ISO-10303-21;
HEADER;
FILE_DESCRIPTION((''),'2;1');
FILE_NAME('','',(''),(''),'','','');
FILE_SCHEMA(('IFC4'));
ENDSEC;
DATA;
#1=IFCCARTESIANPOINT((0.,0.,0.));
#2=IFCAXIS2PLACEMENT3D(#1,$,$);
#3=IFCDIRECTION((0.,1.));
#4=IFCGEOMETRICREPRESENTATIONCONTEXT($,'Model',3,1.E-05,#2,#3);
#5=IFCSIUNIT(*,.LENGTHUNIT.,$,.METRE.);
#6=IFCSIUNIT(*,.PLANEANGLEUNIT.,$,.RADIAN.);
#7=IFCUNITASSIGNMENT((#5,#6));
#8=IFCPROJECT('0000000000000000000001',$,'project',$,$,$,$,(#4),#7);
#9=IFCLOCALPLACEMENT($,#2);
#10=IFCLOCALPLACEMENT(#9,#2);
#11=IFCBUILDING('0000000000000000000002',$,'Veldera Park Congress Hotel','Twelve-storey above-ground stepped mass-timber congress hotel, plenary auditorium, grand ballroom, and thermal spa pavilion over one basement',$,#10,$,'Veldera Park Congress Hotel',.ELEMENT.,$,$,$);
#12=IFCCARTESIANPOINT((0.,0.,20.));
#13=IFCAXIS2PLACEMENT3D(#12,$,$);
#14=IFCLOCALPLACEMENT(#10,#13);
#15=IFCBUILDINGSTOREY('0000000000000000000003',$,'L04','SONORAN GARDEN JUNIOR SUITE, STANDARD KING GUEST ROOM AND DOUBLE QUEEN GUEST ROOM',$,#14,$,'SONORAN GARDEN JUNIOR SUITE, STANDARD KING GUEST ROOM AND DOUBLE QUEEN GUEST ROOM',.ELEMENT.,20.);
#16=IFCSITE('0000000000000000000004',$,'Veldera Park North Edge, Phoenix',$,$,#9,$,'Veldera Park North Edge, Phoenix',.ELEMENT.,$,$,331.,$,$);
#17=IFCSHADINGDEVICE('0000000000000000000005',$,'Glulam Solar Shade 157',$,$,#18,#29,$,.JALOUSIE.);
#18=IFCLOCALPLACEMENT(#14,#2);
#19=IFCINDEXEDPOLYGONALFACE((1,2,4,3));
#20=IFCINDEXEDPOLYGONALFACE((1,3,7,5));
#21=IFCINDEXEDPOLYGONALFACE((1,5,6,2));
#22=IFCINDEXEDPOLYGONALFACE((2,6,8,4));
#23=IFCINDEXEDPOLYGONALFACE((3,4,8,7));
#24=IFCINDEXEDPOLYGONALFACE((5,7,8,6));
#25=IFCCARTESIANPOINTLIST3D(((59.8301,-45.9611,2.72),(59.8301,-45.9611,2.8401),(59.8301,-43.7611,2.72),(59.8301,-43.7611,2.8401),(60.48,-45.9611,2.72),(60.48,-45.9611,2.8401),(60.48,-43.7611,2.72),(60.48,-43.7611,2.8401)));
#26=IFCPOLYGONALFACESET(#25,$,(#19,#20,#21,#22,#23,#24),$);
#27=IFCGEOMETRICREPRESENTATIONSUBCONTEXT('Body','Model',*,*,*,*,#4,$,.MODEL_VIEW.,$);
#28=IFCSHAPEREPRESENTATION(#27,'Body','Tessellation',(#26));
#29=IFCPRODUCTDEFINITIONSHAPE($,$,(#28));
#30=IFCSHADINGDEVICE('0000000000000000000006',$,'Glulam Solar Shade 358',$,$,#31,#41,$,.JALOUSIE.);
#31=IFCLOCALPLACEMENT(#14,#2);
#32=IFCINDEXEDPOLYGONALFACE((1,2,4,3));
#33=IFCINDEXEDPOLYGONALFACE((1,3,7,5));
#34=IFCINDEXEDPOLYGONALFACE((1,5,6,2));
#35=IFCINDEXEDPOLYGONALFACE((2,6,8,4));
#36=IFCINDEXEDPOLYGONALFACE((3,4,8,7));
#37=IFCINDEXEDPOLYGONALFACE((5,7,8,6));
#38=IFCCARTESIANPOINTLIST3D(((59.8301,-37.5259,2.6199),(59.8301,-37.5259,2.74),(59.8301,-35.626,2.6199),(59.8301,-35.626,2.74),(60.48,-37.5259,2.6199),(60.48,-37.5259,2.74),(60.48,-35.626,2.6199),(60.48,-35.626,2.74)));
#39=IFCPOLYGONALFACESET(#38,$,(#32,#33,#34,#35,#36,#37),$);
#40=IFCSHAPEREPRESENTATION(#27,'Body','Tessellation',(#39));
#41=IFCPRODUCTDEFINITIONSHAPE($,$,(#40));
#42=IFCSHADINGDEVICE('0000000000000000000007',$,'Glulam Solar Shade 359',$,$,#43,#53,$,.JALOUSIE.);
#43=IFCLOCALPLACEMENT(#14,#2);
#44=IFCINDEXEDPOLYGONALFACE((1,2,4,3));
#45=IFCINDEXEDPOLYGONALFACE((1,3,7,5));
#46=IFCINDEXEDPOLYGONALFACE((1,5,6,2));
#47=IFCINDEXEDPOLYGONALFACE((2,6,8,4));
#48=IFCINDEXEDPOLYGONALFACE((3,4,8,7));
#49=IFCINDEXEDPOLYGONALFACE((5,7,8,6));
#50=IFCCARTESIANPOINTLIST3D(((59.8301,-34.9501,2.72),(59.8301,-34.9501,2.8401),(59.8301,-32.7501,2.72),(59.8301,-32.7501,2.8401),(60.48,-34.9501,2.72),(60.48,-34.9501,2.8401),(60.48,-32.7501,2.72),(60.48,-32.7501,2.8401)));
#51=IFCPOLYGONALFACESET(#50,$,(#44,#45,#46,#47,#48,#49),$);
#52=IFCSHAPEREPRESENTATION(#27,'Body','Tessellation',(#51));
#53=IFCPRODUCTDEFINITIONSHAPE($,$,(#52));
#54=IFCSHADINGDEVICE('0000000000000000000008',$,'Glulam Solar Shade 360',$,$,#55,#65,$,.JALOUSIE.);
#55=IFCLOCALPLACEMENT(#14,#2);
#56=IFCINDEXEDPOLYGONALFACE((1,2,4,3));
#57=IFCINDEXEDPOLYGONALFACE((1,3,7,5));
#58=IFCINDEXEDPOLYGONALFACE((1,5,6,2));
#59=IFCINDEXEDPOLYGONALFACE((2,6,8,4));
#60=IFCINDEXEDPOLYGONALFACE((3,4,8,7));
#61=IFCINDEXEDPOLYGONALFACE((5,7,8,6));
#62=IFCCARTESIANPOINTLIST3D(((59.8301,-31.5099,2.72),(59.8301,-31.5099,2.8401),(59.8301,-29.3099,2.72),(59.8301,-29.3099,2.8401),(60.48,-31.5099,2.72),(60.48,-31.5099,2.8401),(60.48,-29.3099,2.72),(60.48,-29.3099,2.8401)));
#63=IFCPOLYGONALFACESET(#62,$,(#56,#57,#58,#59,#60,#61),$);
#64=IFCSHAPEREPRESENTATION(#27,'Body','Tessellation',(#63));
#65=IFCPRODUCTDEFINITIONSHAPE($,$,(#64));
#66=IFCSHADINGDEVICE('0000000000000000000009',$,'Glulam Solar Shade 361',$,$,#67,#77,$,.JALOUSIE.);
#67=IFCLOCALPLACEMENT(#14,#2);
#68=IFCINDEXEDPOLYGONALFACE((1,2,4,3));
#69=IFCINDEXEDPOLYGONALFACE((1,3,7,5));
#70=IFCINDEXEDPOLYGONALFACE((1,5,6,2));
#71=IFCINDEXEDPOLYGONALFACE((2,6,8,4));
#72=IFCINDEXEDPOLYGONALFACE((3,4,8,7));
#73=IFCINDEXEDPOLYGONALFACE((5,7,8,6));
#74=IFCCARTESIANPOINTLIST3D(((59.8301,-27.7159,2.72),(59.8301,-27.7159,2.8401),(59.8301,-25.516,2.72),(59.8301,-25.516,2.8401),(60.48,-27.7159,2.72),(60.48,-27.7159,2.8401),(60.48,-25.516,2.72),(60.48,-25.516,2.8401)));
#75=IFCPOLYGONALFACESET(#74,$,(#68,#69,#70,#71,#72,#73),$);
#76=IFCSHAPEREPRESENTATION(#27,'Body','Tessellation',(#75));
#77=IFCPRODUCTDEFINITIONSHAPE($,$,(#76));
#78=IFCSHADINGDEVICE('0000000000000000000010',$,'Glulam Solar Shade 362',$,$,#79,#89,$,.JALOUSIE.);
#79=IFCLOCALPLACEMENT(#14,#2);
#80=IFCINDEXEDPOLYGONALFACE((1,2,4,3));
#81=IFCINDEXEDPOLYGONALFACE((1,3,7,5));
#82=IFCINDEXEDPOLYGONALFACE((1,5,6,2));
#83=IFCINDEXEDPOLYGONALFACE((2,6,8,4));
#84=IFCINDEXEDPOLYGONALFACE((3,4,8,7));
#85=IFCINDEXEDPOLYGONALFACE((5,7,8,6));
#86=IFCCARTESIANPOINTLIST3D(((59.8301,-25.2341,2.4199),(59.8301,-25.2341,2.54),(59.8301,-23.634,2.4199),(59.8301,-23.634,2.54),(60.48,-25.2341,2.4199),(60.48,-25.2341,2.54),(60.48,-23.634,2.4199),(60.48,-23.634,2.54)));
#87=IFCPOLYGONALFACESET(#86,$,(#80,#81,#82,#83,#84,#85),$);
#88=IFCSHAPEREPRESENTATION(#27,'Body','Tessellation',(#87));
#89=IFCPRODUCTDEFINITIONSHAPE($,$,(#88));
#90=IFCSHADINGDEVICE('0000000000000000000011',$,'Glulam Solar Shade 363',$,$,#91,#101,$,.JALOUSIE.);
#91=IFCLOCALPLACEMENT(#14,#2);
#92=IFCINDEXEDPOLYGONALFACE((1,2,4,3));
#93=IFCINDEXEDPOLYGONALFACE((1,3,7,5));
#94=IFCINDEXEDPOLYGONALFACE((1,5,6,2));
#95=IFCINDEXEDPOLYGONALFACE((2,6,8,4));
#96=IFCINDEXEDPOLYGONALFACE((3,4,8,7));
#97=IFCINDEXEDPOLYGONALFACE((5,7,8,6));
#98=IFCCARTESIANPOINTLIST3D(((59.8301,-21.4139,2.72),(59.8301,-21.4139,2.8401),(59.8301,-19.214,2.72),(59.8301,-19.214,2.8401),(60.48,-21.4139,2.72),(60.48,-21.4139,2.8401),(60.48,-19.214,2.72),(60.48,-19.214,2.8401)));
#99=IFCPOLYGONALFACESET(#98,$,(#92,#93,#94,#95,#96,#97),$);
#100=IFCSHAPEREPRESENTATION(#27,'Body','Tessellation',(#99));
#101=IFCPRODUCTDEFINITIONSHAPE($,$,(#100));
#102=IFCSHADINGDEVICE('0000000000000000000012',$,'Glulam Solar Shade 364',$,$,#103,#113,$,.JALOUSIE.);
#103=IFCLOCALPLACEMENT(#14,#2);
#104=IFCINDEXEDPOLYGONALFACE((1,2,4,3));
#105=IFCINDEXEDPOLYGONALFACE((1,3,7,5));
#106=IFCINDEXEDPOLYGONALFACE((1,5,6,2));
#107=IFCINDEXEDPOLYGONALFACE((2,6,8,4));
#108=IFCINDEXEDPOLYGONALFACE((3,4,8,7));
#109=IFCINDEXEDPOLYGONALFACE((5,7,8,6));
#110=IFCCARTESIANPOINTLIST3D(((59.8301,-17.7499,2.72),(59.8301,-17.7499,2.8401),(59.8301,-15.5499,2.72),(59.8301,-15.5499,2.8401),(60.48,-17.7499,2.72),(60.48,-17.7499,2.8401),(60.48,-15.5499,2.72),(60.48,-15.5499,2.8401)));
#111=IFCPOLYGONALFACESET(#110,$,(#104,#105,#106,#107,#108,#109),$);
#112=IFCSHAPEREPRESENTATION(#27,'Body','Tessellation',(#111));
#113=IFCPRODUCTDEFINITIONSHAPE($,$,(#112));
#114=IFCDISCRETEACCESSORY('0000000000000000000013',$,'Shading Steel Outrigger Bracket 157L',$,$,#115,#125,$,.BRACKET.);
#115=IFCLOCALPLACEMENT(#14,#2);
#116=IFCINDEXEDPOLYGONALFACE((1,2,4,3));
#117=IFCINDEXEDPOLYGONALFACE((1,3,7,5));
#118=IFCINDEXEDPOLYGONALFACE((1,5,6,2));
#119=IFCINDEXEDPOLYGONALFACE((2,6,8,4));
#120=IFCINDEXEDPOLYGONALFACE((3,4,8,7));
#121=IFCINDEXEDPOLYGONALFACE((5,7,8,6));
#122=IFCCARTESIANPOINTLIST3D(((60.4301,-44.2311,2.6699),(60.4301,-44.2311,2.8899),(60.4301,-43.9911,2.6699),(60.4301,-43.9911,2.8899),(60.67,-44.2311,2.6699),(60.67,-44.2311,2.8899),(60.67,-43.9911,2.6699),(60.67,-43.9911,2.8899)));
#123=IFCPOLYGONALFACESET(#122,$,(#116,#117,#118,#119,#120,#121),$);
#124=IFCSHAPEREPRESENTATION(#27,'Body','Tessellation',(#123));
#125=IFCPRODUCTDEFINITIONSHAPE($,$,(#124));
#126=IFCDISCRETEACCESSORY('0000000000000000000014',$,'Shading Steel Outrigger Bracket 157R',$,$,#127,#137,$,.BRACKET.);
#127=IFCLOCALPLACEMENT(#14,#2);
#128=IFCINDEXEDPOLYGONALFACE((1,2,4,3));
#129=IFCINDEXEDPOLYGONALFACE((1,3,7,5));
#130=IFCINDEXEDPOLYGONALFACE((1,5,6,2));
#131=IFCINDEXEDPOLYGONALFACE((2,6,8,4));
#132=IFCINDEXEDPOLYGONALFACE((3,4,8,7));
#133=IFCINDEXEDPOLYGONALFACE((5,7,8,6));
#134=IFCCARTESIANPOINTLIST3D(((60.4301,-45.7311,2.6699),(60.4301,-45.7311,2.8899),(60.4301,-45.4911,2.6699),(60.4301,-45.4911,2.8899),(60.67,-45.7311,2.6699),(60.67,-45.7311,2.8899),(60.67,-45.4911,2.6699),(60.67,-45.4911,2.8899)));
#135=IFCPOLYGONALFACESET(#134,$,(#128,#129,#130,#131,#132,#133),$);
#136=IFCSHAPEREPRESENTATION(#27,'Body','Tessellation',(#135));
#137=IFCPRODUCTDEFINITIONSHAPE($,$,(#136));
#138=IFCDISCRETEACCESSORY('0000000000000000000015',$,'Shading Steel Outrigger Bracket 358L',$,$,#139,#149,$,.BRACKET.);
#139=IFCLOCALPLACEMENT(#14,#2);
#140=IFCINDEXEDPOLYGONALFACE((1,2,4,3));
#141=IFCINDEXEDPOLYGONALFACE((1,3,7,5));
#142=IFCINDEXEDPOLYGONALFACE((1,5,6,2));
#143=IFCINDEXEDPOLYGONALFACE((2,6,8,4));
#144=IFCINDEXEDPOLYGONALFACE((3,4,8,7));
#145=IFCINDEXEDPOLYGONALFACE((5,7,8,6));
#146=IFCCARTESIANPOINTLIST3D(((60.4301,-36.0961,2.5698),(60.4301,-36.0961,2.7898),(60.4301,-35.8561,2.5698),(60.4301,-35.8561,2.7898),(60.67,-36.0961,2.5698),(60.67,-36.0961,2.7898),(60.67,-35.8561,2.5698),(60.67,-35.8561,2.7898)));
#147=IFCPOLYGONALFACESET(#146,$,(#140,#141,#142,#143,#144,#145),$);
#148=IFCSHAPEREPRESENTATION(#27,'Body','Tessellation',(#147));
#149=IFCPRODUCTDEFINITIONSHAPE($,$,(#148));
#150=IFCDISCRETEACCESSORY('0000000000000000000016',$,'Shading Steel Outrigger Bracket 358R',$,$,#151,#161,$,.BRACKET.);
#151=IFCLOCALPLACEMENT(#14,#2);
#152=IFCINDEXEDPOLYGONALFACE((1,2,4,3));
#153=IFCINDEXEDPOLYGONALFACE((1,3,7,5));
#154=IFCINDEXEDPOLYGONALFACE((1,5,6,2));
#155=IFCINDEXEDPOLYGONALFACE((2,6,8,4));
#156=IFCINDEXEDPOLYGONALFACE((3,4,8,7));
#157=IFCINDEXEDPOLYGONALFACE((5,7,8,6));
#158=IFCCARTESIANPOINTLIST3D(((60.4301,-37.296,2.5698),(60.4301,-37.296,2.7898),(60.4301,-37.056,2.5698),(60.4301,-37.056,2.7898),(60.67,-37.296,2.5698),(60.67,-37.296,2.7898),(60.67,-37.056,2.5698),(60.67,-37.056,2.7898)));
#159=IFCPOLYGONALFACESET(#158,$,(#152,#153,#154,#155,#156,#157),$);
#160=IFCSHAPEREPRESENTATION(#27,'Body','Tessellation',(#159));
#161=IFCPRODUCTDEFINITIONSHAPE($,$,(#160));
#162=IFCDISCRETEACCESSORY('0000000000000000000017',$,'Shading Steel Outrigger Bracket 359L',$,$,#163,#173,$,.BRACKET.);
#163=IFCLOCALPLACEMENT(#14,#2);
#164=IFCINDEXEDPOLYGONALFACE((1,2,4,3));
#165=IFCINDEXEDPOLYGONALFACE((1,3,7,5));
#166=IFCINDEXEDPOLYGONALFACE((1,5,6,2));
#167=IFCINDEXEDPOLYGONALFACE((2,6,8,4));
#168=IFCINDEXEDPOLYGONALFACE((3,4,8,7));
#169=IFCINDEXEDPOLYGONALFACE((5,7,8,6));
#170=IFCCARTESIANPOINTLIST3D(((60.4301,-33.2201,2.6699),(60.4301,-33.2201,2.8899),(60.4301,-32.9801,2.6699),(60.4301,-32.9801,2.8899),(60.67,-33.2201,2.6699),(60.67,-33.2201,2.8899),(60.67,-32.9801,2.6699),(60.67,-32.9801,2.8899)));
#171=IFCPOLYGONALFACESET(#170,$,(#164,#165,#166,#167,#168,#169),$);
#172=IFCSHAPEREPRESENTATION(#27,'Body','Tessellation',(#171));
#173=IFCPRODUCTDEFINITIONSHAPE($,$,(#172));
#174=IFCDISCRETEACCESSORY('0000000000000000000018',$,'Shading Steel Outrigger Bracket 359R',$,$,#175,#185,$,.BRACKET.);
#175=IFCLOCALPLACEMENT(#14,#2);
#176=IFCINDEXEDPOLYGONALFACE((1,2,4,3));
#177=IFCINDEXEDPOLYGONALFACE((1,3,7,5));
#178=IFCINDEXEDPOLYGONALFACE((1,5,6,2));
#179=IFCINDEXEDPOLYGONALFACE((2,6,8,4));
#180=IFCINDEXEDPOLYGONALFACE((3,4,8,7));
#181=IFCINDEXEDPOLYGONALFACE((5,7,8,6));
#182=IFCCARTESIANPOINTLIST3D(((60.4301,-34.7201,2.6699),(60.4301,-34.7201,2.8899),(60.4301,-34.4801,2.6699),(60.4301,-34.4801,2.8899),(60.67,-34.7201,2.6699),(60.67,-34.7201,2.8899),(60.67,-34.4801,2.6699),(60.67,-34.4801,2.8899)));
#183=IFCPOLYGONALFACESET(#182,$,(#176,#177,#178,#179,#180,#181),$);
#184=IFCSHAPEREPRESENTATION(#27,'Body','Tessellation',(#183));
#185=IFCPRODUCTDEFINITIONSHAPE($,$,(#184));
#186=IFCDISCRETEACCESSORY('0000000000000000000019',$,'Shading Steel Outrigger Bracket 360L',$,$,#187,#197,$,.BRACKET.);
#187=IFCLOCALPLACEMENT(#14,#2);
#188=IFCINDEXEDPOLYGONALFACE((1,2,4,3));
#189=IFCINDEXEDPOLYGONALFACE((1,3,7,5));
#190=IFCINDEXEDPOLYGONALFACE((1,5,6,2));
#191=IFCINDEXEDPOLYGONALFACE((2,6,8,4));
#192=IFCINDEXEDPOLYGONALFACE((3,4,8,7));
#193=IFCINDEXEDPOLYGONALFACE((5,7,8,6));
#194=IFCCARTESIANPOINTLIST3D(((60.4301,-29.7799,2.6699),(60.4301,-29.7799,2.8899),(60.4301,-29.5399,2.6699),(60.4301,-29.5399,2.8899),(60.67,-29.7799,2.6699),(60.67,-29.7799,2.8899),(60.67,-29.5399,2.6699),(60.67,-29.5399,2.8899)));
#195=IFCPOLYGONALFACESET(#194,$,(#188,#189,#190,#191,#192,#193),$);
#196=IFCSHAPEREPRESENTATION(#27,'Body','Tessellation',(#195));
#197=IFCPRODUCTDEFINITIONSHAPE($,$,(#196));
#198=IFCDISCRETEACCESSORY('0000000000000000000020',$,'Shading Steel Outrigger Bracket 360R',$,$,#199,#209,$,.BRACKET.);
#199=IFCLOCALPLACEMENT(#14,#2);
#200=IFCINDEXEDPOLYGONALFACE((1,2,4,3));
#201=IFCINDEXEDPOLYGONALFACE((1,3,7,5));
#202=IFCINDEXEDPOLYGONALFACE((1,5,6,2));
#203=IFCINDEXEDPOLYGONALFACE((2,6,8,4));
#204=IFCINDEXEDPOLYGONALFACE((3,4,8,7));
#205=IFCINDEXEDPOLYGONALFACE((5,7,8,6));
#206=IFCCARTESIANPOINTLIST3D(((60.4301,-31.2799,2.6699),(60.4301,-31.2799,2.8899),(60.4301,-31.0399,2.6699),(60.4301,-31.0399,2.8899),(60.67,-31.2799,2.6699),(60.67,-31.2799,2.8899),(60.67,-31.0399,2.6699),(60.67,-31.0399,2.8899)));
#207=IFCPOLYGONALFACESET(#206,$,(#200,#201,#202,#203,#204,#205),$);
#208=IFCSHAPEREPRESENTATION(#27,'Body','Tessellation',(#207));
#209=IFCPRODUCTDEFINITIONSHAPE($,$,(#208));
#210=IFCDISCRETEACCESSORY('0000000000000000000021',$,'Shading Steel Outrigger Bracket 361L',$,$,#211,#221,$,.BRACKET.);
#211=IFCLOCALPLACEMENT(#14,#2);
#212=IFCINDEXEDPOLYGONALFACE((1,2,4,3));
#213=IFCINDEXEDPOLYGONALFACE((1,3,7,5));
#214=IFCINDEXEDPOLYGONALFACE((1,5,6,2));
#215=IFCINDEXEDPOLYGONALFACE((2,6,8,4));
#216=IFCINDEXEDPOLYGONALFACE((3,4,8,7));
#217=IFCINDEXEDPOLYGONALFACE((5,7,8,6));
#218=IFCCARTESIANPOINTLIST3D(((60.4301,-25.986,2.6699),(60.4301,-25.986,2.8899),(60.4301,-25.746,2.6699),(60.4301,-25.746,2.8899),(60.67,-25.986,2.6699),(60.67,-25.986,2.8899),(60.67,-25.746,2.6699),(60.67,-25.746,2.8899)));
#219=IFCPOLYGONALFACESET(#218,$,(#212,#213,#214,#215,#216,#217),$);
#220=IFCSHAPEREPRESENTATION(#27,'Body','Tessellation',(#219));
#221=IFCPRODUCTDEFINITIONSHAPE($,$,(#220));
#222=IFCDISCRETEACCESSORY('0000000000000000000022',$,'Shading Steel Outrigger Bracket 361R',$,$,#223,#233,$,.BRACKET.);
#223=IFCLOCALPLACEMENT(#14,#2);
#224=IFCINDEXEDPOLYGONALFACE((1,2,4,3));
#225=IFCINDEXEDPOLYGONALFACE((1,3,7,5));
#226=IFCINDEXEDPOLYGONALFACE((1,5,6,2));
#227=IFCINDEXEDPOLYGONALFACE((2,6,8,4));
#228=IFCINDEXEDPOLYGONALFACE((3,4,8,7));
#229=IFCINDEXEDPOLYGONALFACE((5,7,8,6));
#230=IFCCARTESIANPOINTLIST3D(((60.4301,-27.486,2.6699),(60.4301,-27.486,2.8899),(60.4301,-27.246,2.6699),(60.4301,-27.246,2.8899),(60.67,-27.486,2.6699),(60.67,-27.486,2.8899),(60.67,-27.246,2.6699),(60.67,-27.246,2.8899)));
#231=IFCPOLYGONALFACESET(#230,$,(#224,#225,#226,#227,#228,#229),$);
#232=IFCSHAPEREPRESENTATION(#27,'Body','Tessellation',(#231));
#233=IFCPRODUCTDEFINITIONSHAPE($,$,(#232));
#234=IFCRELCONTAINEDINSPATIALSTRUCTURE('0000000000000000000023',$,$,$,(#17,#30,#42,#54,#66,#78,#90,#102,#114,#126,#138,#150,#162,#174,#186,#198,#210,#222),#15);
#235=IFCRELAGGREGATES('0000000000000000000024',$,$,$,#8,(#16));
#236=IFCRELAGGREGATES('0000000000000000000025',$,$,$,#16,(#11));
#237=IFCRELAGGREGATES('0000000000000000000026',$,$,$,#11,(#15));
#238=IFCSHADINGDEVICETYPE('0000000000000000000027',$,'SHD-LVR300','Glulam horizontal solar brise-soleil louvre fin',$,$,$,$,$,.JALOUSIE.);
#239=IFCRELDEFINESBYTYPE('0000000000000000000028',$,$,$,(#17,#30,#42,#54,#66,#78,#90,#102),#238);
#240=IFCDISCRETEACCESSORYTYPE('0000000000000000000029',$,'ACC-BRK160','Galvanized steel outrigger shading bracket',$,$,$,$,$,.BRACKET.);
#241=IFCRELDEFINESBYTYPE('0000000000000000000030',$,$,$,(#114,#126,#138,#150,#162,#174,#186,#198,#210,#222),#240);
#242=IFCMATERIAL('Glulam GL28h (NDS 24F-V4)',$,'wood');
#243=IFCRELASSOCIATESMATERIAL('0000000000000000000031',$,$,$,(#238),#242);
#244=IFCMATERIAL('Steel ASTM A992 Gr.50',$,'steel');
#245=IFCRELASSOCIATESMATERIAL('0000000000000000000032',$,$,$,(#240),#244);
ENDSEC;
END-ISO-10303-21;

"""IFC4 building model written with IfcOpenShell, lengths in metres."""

from ifc_helpers import new_model, si_unit, direction, frame, origin, origin_2d, place, context, subcontext, project, spatial, rectangle, extrude, material, type_object, element, save


model = new_model("IFC4")

# Units and contexts
model_context = context("Model", 3, precision=1e-05, world=origin(), true_north=direction((0.0, 1.0)))
body_context = subcontext(model_context, "Body", "Model", "MODEL_VIEW")
ifc_project = project(units=[si_unit("LENGTHUNIT", "METRE"), si_unit("PLANEANGLEUNIT", "RADIAN")], contexts=[model_context])

# Site, building, storey
site_placement = place(None, origin())
site = spatial("IfcSite", under=ifc_project, at=site_placement, Name="Veldera Park North Edge, Phoenix", LongName="Veldera Park North Edge, Phoenix", CompositionType="ELEMENT", RefElevation=331.0)
building_placement = place(site_placement, origin())
building = spatial("IfcBuilding", under=site, at=building_placement, Name="Veldera Park Congress Hotel", Description="Twelve-storey above-ground stepped mass-timber congress hotel, plenary auditorium, grand ballroom, and thermal spa pavilion over one basement", LongName="Veldera Park Congress Hotel", CompositionType="ELEMENT")
storey_placement = place(building_placement, frame((0.0, 0.0, 20.0)))
storey = spatial("IfcBuildingStorey", under=building, at=storey_placement, Name="L04", Description="SONORAN GARDEN JUNIOR SUITE, STANDARD KING GUEST ROOM AND DOUBLE QUEEN GUEST ROOM", LongName="SONORAN GARDEN JUNIOR SUITE, STANDARD KING GUEST ROOM AND DOUBLE QUEEN GUEST ROOM", CompositionType="ELEMENT", Elevation=20.0)

# Shading devices
ifc_material_1 = material(Name="Glulam GL28h (NDS 24F-V4)", Category="wood")
shading_device_type = type_object("IfcShadingDeviceType", Name="SHD-LVR300", Description="Glulam horizontal solar brise-soleil louvre fin", PredefinedType="JALOUSIE", material=ifc_material_1)
shading_device_1_placement = place(storey_placement, frame((60.155, -44.8611, 2.72), z_axis=(0.0, 0.0, 1.0), x_axis=(0.0, -1.0, 0.0)))
element("IfcShadingDevice", 1, at=shading_device_1_placement, inside=storey, type_object=shading_device_type, Name="Glulam Solar Shade 157", PredefinedType="JALOUSIE", context=body_context, shape_type="SweptSolid", body=[
    extrude(rectangle(XDim=2.2, YDim=0.6499, at=origin_2d()), origin(), (0.0, 0.0, 1.0), 0.1201),
])
shading_device_2_placement = place(storey_placement, frame((60.155, -36.5759, 2.6199), z_axis=(0.0, 0.0, 1.0), x_axis=(0.0, -1.0, 0.0)))
element("IfcShadingDevice", 2, at=shading_device_2_placement, inside=storey, type_object=shading_device_type, Name="Glulam Solar Shade 358", PredefinedType="JALOUSIE", context=body_context, shape_type="SweptSolid", body=[
    extrude(rectangle(XDim=1.8999, YDim=0.6499, at=origin_2d()), origin(), (0.0, 0.0, 1.0), 0.1201),
])
for number, where, z_axis, x_axis, name in (
    (3, (60.155, -33.8501, 2.72), (0.0, 0.0, 1.0), (0.0, -1.0, 0.0), "Glulam Solar Shade 359"),
    (4, (60.155, -30.4099, 2.72), (0.0, 0.0, 1.0), (0.0, -1.0, 0.0), "Glulam Solar Shade 360"),
    (5, (60.155, -26.616, 2.72), (0.0, 0.0, 1.0), (0.0, -1.0, 0.0), "Glulam Solar Shade 361"),
):
    element("IfcShadingDevice", number, at=place(storey_placement, frame(where, z_axis=z_axis, x_axis=x_axis)), inside=storey, type_object=shading_device_type, Name=name, PredefinedType="JALOUSIE", context=body_context, shape_type="SweptSolid", body=[
        extrude(rectangle(XDim=2.2, YDim=0.6499, at=origin_2d()), origin(), (0.0, 0.0, 1.0), 0.1201),
    ])
shading_device_3_placement = place(storey_placement, frame((60.155, -24.4341, 2.4199), z_axis=(0.0, 0.0, 1.0), x_axis=(0.0, -1.0, 0.0)))
element("IfcShadingDevice", 6, at=shading_device_3_placement, inside=storey, type_object=shading_device_type, Name="Glulam Solar Shade 362", PredefinedType="JALOUSIE", context=body_context, shape_type="SweptSolid", body=[
    extrude(rectangle(XDim=1.6001, YDim=0.6499, at=origin_2d()), origin(), (0.0, 0.0, 1.0), 0.1201),
])
for number, where, z_axis, x_axis, name in (
    (7, (60.155, -20.314, 2.72), (0.0, 0.0, 1.0), (0.0, -1.0, 0.0), "Glulam Solar Shade 363"),
    (8, (60.155, -16.6499, 2.72), (0.0, 0.0, 1.0), (0.0, -1.0, 0.0), "Glulam Solar Shade 364"),
):
    element("IfcShadingDevice", number, at=place(storey_placement, frame(where, z_axis=z_axis, x_axis=x_axis)), inside=storey, type_object=shading_device_type, Name=name, PredefinedType="JALOUSIE", context=body_context, shape_type="SweptSolid", body=[
        extrude(rectangle(XDim=2.2, YDim=0.6499, at=origin_2d()), origin(), (0.0, 0.0, 1.0), 0.1201),
    ])

# Discrete accessories
ifc_material_2 = material(Name="Steel ASTM A992 Gr.50", Category="steel")
discrete_accessory_type = type_object("IfcDiscreteAccessoryType", Name="ACC-BRK160", Description="Galvanized steel outrigger shading bracket", PredefinedType="BRACKET", material=ifc_material_2)
for number, where, z_axis, x_axis, name in (
    (9, (60.55, -44.1111, 2.6699), (0.0, 0.0, 1.0), (0.0, -1.0, 0.0), "Shading Steel Outrigger Bracket 157L"),
    (10, (60.55, -45.6111, 2.6699), (0.0, 0.0, 1.0), (0.0, -1.0, 0.0), "Shading Steel Outrigger Bracket 157R"),
    (11, (60.55, -35.9761, 2.5698), (0.0, 0.0, 1.0), (0.0, -1.0, 0.0), "Shading Steel Outrigger Bracket 358L"),
    (12, (60.55, -37.176, 2.5698), (0.0, 0.0, 1.0), (0.0, -1.0, 0.0), "Shading Steel Outrigger Bracket 358R"),
    (13, (60.55, -33.1001, 2.6699), (0.0, 0.0, 1.0), (0.0, -1.0, 0.0), "Shading Steel Outrigger Bracket 359L"),
    (14, (60.55, -34.6001, 2.6699), (0.0, 0.0, 1.0), (0.0, -1.0, 0.0), "Shading Steel Outrigger Bracket 359R"),
    (15, (60.55, -29.6599, 2.6699), (0.0, 0.0, 1.0), (0.0, -1.0, 0.0), "Shading Steel Outrigger Bracket 360L"),
    (16, (60.55, -31.1599, 2.6699), (0.0, 0.0, 1.0), (0.0, -1.0, 0.0), "Shading Steel Outrigger Bracket 360R"),
    (17, (60.55, -25.866, 2.6699), (0.0, 0.0, 1.0), (0.0, -1.0, 0.0), "Shading Steel Outrigger Bracket 361L"),
    (18, (60.55, -27.366, 2.6699), (0.0, 0.0, 1.0), (0.0, -1.0, 0.0), "Shading Steel Outrigger Bracket 361R"),
):
    element("IfcDiscreteAccessory", number, at=place(storey_placement, frame(where, z_axis=z_axis, x_axis=x_axis)), inside=storey, type_object=discrete_accessory_type, Name=name, PredefinedType="BRACKET", context=body_context, shape_type="SweptSolid", body=[
        extrude(rectangle(XDim=0.24, YDim=0.24, at=origin_2d()), origin(), (0.0, 0.0, 1.0), 0.22),
    ])

save(model, "model.ifc")
